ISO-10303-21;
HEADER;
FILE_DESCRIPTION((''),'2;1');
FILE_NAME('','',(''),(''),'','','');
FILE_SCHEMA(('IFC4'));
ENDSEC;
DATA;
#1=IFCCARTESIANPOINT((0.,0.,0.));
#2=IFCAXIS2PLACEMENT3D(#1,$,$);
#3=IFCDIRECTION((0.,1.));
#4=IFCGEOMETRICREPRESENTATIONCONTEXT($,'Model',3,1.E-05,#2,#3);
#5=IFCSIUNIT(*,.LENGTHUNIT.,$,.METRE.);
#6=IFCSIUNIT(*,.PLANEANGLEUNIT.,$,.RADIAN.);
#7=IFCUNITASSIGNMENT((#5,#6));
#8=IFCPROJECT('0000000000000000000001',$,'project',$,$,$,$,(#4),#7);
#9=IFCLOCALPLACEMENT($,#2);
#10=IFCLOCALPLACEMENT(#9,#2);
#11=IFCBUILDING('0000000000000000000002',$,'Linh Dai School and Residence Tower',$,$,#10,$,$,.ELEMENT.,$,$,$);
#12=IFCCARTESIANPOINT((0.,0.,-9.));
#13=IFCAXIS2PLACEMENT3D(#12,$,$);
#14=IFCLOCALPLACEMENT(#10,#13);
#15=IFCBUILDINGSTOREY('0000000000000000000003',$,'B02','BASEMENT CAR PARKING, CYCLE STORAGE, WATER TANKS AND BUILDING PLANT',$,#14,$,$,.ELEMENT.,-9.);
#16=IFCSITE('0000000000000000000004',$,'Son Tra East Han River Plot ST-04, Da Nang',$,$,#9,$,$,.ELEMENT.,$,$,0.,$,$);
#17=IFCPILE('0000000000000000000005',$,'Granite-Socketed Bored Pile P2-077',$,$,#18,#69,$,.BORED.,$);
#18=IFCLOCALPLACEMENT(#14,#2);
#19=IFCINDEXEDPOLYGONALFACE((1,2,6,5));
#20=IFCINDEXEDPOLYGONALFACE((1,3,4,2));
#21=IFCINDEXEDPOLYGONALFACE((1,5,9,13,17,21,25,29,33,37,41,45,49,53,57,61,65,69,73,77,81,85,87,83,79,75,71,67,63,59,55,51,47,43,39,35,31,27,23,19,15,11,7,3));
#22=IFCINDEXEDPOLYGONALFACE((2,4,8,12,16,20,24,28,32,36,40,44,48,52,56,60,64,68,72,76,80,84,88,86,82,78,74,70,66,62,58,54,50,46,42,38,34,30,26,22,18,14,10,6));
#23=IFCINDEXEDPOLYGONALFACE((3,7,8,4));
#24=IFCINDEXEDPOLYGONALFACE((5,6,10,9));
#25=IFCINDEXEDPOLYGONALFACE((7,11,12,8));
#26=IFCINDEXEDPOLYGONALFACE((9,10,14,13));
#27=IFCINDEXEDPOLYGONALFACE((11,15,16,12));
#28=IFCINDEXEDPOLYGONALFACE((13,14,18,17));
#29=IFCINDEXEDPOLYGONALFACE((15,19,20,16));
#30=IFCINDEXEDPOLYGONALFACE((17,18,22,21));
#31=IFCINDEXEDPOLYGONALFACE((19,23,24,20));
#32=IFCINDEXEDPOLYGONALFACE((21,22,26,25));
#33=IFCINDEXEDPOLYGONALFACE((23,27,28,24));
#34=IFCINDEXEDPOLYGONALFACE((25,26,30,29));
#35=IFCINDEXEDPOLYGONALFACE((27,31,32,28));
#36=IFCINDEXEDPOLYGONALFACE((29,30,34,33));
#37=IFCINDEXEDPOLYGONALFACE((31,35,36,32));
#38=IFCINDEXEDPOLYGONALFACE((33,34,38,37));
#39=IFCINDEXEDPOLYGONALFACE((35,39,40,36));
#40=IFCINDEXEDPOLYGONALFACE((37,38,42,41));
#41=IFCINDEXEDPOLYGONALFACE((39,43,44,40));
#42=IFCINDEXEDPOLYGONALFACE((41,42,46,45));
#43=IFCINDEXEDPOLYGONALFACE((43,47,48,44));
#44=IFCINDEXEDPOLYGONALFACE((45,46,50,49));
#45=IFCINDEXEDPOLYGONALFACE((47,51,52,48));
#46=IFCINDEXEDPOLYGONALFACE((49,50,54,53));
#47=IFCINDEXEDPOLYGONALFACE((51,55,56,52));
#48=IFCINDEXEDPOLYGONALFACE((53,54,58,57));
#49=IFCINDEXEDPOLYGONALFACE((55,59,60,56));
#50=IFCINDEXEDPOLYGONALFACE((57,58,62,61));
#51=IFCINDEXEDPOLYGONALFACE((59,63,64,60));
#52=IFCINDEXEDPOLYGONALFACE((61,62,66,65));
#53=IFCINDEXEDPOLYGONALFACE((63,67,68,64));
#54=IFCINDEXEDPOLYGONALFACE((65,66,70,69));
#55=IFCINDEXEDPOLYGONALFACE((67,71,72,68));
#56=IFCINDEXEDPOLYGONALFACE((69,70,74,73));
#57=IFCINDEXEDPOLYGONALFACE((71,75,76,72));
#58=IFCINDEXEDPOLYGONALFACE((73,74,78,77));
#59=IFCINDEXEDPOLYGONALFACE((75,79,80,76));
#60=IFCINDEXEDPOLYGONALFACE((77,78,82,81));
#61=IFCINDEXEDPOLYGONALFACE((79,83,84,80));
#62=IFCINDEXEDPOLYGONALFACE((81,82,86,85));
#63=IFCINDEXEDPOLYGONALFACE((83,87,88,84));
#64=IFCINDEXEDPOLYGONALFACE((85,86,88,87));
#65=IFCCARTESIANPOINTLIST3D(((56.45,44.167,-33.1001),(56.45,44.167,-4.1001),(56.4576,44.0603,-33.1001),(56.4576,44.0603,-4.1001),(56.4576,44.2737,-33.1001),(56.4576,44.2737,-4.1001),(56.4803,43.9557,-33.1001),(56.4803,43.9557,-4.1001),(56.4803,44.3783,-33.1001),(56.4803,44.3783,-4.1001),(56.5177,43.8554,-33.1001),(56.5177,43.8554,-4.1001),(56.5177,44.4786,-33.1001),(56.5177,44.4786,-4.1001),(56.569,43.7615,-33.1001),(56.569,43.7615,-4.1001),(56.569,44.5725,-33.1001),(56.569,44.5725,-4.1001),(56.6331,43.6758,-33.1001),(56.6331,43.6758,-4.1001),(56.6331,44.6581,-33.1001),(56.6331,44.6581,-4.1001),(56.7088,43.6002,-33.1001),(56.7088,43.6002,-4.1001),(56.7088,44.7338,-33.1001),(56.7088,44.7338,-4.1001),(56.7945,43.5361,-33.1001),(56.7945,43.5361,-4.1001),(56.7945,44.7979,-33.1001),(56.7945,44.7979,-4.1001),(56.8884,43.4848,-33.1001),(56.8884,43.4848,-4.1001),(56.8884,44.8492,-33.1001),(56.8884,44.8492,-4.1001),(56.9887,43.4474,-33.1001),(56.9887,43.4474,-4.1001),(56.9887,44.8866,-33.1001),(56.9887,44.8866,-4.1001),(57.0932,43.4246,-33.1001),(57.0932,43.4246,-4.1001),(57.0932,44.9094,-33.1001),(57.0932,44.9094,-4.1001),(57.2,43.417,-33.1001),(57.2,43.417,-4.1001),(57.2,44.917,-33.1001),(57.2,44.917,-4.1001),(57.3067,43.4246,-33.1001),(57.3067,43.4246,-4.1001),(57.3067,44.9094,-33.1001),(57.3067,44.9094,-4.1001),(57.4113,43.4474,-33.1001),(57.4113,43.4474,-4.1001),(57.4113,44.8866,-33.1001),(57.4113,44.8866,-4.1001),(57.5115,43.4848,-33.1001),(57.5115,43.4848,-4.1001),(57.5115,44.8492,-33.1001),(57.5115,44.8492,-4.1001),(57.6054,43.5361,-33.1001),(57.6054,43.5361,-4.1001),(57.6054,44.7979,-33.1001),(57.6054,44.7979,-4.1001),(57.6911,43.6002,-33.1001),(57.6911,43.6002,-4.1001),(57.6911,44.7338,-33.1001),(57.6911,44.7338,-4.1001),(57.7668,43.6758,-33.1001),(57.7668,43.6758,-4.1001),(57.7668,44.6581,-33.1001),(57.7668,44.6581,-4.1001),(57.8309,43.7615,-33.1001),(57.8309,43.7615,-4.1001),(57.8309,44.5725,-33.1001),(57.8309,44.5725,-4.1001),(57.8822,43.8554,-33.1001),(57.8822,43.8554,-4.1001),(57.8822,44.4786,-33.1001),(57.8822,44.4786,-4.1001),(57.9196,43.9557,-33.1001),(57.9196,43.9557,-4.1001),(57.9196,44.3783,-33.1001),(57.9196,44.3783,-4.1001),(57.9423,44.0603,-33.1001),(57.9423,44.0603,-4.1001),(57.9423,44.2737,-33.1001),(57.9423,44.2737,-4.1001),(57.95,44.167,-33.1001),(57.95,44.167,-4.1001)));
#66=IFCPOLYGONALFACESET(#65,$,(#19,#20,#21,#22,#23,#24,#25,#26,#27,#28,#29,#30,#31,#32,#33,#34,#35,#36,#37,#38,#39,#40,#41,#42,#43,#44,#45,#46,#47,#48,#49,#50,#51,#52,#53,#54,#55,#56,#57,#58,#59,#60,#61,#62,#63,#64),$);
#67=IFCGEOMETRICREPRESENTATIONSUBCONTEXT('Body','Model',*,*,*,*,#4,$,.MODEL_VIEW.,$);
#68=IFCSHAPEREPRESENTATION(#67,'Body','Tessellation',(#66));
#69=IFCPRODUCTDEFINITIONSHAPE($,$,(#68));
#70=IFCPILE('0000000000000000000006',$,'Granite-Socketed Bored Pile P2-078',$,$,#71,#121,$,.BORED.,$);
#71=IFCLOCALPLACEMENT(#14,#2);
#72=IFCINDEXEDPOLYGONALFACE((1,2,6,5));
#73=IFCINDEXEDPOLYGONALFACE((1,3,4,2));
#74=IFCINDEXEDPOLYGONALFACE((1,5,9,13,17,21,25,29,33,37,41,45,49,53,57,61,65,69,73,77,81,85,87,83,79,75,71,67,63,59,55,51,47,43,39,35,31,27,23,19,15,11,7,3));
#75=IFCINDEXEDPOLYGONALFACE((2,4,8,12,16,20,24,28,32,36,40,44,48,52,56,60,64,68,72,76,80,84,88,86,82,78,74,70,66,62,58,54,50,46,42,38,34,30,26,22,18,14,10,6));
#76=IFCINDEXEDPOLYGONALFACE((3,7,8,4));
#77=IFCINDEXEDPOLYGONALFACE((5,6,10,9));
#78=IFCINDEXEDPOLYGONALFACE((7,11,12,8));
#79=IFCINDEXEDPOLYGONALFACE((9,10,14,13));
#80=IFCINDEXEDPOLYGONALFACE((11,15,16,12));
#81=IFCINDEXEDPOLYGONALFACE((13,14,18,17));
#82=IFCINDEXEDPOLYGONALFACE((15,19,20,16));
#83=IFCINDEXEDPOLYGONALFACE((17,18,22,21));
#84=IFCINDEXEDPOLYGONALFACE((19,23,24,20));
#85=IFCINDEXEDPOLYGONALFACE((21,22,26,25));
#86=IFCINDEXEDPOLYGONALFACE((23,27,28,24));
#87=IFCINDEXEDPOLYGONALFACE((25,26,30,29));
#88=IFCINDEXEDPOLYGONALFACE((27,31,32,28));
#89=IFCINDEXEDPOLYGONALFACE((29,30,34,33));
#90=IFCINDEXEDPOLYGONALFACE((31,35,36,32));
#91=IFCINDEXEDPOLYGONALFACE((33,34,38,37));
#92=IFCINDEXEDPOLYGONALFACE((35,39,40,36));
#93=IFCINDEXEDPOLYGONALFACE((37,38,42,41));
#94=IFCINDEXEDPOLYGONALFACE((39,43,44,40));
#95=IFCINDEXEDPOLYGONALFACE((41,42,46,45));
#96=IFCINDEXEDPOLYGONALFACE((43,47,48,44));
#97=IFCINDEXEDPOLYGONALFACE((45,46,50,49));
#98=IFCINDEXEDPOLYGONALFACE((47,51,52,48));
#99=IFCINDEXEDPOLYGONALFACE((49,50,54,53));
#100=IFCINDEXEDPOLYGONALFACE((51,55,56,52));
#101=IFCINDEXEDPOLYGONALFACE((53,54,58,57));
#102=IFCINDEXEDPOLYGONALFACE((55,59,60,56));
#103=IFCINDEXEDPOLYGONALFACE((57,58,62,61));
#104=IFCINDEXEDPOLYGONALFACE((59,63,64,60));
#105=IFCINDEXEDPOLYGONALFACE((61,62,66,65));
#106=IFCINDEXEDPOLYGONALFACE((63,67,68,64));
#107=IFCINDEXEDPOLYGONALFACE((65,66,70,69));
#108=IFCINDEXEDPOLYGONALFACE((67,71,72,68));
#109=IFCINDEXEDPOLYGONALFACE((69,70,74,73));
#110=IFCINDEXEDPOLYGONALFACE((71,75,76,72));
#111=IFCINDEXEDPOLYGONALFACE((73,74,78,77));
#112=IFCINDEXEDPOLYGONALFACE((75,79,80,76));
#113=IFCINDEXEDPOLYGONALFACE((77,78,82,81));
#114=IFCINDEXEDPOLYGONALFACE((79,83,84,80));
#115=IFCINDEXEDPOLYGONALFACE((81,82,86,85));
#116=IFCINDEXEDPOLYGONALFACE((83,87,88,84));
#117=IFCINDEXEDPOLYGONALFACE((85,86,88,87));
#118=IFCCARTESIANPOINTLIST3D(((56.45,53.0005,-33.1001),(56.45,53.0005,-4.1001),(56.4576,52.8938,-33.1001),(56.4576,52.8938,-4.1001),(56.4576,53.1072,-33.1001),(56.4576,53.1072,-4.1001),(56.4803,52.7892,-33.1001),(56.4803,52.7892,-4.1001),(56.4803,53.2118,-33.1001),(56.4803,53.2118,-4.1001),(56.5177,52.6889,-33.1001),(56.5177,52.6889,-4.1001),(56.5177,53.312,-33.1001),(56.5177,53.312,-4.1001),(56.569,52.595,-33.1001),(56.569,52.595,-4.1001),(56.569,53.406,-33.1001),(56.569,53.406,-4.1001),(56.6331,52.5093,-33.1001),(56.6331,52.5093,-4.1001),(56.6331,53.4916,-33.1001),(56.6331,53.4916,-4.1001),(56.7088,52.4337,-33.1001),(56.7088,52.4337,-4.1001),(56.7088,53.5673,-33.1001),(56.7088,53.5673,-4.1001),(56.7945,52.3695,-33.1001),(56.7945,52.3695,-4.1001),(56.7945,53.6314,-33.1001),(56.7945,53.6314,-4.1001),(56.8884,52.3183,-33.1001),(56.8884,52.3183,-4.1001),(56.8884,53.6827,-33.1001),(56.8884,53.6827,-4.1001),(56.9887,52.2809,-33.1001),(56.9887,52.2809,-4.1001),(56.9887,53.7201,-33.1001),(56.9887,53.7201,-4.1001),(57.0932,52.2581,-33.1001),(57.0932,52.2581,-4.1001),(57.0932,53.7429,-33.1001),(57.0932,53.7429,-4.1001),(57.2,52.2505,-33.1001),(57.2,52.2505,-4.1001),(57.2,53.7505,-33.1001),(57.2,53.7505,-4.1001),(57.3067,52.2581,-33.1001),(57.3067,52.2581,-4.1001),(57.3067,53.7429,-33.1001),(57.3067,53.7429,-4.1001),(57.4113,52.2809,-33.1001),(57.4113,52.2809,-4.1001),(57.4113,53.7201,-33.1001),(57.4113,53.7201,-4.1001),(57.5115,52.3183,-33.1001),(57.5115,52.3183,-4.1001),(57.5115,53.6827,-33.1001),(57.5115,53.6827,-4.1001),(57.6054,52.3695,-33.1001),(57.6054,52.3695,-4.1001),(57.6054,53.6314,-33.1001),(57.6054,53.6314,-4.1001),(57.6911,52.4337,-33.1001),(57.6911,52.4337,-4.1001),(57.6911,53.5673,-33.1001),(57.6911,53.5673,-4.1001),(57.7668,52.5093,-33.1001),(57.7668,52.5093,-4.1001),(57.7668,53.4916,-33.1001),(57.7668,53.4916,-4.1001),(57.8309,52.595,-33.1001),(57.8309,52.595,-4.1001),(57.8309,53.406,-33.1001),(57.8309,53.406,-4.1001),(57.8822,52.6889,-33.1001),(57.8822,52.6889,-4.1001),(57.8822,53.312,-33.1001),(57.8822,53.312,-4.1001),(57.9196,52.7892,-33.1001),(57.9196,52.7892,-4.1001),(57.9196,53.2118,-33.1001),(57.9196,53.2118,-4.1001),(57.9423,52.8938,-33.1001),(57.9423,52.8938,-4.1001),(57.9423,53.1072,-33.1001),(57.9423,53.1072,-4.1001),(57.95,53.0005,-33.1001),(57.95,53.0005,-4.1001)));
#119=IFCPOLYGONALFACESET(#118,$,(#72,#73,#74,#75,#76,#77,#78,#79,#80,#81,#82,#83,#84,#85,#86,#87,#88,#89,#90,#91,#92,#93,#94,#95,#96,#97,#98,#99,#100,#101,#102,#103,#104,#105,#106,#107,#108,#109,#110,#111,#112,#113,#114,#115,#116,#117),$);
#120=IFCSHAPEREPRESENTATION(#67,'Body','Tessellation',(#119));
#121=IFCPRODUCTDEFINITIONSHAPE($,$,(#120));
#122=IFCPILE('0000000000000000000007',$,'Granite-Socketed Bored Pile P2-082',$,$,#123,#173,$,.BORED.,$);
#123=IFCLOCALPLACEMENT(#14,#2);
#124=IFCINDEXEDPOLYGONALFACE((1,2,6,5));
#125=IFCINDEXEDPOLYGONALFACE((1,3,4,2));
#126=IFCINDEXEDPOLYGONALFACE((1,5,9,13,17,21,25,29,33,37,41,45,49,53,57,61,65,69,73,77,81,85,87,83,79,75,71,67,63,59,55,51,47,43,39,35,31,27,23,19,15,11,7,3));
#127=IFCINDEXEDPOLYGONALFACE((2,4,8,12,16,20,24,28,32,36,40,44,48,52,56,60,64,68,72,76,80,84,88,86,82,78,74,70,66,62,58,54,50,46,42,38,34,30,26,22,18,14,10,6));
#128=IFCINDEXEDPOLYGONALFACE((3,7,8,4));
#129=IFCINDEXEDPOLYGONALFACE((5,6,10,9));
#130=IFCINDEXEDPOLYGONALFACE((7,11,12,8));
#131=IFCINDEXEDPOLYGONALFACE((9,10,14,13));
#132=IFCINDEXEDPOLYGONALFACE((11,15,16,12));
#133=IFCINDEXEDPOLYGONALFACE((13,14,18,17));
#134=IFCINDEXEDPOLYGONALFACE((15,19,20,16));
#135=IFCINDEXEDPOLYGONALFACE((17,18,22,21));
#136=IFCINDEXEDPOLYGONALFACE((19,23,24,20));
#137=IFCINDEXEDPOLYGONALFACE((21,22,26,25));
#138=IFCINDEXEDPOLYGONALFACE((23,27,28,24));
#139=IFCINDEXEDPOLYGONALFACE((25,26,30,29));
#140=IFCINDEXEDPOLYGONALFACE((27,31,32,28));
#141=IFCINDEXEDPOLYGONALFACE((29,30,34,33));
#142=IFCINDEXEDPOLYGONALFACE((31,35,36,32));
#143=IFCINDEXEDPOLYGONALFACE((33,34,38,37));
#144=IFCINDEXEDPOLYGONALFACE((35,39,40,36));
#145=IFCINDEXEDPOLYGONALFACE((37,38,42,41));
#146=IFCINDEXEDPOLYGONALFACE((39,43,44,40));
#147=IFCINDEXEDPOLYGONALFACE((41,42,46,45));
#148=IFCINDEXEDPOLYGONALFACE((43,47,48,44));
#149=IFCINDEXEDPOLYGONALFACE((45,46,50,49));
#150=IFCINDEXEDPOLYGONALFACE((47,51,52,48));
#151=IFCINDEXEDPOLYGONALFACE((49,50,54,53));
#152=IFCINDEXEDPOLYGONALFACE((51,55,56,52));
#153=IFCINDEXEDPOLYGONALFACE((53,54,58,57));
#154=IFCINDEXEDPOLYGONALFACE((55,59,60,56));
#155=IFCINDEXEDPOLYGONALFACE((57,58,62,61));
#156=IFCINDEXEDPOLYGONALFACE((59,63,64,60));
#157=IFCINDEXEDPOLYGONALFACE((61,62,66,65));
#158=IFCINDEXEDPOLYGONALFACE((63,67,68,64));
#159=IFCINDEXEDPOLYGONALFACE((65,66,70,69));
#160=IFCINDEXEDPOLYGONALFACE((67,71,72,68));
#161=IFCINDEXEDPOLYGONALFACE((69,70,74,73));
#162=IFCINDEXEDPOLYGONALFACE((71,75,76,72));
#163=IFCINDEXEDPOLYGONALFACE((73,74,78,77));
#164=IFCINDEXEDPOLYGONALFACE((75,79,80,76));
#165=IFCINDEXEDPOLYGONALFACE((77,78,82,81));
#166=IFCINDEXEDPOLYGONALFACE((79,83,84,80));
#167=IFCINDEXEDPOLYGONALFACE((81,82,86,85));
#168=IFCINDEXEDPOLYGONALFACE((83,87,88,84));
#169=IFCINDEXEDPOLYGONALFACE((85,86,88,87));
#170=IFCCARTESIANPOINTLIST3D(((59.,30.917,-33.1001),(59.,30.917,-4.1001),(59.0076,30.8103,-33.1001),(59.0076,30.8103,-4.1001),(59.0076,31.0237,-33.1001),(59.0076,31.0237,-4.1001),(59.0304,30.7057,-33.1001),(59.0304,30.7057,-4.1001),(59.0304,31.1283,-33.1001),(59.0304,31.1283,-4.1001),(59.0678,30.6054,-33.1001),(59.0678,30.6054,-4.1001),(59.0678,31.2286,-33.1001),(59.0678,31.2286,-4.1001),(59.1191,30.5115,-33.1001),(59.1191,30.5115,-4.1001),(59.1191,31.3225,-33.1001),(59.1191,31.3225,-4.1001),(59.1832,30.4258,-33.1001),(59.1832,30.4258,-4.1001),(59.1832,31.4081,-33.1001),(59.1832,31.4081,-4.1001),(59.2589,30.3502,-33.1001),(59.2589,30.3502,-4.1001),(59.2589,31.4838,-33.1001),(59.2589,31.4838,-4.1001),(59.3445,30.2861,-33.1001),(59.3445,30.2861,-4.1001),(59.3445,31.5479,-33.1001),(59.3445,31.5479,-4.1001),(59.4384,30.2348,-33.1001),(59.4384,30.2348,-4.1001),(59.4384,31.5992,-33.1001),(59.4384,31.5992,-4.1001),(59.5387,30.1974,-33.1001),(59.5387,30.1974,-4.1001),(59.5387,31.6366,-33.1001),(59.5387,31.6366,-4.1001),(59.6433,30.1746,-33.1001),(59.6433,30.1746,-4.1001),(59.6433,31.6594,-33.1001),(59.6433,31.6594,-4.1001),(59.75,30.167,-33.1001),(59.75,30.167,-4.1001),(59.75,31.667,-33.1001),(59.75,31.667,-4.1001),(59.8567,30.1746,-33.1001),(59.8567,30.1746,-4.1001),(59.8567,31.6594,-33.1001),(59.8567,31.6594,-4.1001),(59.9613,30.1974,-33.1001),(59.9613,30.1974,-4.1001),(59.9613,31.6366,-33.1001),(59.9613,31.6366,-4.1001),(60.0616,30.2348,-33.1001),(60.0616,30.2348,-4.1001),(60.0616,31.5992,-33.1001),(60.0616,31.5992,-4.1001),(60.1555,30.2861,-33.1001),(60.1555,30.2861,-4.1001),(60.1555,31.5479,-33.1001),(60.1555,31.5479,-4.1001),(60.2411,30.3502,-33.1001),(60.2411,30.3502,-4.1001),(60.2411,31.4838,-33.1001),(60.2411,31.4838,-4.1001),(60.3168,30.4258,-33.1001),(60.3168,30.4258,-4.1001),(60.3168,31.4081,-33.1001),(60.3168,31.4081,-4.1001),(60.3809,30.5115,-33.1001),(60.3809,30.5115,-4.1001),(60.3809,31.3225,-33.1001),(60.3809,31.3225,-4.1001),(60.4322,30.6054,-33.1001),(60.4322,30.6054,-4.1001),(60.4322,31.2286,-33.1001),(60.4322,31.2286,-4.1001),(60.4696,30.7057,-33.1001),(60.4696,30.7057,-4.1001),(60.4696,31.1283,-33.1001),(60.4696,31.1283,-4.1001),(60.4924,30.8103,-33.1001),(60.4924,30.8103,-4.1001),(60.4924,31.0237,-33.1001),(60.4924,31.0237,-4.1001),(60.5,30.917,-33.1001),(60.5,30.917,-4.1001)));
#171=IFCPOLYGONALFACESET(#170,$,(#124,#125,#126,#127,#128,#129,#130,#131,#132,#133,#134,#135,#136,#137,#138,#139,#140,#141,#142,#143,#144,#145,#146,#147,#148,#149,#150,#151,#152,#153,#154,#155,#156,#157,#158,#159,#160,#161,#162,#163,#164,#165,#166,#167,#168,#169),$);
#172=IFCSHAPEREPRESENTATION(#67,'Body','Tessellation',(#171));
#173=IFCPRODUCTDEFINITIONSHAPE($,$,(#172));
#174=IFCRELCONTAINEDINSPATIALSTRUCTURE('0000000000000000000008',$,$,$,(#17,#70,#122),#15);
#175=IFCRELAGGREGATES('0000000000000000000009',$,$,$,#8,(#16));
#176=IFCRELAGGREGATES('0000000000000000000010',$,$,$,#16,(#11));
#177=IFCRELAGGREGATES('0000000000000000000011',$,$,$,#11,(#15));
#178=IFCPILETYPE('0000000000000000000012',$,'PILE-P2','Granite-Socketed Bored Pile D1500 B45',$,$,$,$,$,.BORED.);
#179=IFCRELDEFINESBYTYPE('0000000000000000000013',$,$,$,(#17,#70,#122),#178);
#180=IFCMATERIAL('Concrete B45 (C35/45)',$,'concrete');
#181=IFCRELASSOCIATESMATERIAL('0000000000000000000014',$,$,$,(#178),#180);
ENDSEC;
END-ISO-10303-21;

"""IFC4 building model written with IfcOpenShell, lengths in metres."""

from ifc_helpers import new_model, si_unit, direction, frame, origin, origin_2d, place, context, subcontext, project, spatial, circle, extrude, material, material_profile, profile_set, type_object, element, save


model = new_model("IFC4")

# Units and contexts
model_context = context("Model", 3, precision=1e-05, world=origin(), true_north=direction((0.0, 1.0)))
body_context = subcontext(model_context, "Body", "Model", "MODEL_VIEW")
ifc_project = project(units=[si_unit("LENGTHUNIT", "METRE"), si_unit("PLANEANGLEUNIT", "RADIAN")], contexts=[model_context])

# Site, building, storey
site_placement = place(None, origin())
site = spatial("IfcSite", under=ifc_project, at=site_placement, Name="Son Tra East Han River Plot ST-04, Da Nang", CompositionType="ELEMENT", RefElevation=0.0)
building_placement = place(site_placement, origin())
building = spatial("IfcBuilding", under=site, at=building_placement, Name="Linh Dai School and Residence Tower", CompositionType="ELEMENT")
storey_placement = place(building_placement, frame((0.0, 0.0, -9.0)))
storey = spatial("IfcBuildingStorey", under=building, at=storey_placement, Name="B02", Description="BASEMENT CAR PARKING, CYCLE STORAGE, WATER TANKS AND BUILDING PLANT", CompositionType="ELEMENT", Elevation=-9.0)

# Piles
ifc_material_1 = material(Name="Concrete B45 (C35/45)", Category="concrete")
ifc_material_profile_1 = material_profile(ifc_material_1, circle(Radius=0.75, at=origin_2d()), Name="PILE D1500")
ifc_profile_set_1 = profile_set([ifc_material_profile_1], Name="Concrete B45 (C35/45)")
pile_type = type_object("IfcPileType", Name="PILE-P2", Description="Granite-Socketed Bored Pile D1500 B45", PredefinedType="BORED", material=ifc_profile_set_1)
for number, where, z_axis, x_axis, name in (
    (1, (57.2, 44.167, -4.1001), (0.0, 0.0, -1.0), (1.0, 0.0, 0.0), "Granite-Socketed Bored Pile P2-077"),
    (2, (57.2, 53.0005, -4.1001), (0.0, 0.0, -1.0), (1.0, 0.0, 0.0), "Granite-Socketed Bored Pile P2-078"),
    (3, (59.75, 30.917, -4.1001), (0.0, 0.0, -1.0), (1.0, 0.0, 0.0), "Granite-Socketed Bored Pile P2-082"),
):
    element("IfcPile", number, at=place(storey_placement, frame(where, z_axis=z_axis, x_axis=x_axis)), inside=storey, type_object=pile_type, Name=name, PredefinedType="BORED", context=body_context, shape_type="SweptSolid", body=[
        extrude(circle(Radius=0.75, at=origin_2d()), origin(), (0.0, 0.0, 1.0), 29.0),
    ])

save(model, "model.ifc")
